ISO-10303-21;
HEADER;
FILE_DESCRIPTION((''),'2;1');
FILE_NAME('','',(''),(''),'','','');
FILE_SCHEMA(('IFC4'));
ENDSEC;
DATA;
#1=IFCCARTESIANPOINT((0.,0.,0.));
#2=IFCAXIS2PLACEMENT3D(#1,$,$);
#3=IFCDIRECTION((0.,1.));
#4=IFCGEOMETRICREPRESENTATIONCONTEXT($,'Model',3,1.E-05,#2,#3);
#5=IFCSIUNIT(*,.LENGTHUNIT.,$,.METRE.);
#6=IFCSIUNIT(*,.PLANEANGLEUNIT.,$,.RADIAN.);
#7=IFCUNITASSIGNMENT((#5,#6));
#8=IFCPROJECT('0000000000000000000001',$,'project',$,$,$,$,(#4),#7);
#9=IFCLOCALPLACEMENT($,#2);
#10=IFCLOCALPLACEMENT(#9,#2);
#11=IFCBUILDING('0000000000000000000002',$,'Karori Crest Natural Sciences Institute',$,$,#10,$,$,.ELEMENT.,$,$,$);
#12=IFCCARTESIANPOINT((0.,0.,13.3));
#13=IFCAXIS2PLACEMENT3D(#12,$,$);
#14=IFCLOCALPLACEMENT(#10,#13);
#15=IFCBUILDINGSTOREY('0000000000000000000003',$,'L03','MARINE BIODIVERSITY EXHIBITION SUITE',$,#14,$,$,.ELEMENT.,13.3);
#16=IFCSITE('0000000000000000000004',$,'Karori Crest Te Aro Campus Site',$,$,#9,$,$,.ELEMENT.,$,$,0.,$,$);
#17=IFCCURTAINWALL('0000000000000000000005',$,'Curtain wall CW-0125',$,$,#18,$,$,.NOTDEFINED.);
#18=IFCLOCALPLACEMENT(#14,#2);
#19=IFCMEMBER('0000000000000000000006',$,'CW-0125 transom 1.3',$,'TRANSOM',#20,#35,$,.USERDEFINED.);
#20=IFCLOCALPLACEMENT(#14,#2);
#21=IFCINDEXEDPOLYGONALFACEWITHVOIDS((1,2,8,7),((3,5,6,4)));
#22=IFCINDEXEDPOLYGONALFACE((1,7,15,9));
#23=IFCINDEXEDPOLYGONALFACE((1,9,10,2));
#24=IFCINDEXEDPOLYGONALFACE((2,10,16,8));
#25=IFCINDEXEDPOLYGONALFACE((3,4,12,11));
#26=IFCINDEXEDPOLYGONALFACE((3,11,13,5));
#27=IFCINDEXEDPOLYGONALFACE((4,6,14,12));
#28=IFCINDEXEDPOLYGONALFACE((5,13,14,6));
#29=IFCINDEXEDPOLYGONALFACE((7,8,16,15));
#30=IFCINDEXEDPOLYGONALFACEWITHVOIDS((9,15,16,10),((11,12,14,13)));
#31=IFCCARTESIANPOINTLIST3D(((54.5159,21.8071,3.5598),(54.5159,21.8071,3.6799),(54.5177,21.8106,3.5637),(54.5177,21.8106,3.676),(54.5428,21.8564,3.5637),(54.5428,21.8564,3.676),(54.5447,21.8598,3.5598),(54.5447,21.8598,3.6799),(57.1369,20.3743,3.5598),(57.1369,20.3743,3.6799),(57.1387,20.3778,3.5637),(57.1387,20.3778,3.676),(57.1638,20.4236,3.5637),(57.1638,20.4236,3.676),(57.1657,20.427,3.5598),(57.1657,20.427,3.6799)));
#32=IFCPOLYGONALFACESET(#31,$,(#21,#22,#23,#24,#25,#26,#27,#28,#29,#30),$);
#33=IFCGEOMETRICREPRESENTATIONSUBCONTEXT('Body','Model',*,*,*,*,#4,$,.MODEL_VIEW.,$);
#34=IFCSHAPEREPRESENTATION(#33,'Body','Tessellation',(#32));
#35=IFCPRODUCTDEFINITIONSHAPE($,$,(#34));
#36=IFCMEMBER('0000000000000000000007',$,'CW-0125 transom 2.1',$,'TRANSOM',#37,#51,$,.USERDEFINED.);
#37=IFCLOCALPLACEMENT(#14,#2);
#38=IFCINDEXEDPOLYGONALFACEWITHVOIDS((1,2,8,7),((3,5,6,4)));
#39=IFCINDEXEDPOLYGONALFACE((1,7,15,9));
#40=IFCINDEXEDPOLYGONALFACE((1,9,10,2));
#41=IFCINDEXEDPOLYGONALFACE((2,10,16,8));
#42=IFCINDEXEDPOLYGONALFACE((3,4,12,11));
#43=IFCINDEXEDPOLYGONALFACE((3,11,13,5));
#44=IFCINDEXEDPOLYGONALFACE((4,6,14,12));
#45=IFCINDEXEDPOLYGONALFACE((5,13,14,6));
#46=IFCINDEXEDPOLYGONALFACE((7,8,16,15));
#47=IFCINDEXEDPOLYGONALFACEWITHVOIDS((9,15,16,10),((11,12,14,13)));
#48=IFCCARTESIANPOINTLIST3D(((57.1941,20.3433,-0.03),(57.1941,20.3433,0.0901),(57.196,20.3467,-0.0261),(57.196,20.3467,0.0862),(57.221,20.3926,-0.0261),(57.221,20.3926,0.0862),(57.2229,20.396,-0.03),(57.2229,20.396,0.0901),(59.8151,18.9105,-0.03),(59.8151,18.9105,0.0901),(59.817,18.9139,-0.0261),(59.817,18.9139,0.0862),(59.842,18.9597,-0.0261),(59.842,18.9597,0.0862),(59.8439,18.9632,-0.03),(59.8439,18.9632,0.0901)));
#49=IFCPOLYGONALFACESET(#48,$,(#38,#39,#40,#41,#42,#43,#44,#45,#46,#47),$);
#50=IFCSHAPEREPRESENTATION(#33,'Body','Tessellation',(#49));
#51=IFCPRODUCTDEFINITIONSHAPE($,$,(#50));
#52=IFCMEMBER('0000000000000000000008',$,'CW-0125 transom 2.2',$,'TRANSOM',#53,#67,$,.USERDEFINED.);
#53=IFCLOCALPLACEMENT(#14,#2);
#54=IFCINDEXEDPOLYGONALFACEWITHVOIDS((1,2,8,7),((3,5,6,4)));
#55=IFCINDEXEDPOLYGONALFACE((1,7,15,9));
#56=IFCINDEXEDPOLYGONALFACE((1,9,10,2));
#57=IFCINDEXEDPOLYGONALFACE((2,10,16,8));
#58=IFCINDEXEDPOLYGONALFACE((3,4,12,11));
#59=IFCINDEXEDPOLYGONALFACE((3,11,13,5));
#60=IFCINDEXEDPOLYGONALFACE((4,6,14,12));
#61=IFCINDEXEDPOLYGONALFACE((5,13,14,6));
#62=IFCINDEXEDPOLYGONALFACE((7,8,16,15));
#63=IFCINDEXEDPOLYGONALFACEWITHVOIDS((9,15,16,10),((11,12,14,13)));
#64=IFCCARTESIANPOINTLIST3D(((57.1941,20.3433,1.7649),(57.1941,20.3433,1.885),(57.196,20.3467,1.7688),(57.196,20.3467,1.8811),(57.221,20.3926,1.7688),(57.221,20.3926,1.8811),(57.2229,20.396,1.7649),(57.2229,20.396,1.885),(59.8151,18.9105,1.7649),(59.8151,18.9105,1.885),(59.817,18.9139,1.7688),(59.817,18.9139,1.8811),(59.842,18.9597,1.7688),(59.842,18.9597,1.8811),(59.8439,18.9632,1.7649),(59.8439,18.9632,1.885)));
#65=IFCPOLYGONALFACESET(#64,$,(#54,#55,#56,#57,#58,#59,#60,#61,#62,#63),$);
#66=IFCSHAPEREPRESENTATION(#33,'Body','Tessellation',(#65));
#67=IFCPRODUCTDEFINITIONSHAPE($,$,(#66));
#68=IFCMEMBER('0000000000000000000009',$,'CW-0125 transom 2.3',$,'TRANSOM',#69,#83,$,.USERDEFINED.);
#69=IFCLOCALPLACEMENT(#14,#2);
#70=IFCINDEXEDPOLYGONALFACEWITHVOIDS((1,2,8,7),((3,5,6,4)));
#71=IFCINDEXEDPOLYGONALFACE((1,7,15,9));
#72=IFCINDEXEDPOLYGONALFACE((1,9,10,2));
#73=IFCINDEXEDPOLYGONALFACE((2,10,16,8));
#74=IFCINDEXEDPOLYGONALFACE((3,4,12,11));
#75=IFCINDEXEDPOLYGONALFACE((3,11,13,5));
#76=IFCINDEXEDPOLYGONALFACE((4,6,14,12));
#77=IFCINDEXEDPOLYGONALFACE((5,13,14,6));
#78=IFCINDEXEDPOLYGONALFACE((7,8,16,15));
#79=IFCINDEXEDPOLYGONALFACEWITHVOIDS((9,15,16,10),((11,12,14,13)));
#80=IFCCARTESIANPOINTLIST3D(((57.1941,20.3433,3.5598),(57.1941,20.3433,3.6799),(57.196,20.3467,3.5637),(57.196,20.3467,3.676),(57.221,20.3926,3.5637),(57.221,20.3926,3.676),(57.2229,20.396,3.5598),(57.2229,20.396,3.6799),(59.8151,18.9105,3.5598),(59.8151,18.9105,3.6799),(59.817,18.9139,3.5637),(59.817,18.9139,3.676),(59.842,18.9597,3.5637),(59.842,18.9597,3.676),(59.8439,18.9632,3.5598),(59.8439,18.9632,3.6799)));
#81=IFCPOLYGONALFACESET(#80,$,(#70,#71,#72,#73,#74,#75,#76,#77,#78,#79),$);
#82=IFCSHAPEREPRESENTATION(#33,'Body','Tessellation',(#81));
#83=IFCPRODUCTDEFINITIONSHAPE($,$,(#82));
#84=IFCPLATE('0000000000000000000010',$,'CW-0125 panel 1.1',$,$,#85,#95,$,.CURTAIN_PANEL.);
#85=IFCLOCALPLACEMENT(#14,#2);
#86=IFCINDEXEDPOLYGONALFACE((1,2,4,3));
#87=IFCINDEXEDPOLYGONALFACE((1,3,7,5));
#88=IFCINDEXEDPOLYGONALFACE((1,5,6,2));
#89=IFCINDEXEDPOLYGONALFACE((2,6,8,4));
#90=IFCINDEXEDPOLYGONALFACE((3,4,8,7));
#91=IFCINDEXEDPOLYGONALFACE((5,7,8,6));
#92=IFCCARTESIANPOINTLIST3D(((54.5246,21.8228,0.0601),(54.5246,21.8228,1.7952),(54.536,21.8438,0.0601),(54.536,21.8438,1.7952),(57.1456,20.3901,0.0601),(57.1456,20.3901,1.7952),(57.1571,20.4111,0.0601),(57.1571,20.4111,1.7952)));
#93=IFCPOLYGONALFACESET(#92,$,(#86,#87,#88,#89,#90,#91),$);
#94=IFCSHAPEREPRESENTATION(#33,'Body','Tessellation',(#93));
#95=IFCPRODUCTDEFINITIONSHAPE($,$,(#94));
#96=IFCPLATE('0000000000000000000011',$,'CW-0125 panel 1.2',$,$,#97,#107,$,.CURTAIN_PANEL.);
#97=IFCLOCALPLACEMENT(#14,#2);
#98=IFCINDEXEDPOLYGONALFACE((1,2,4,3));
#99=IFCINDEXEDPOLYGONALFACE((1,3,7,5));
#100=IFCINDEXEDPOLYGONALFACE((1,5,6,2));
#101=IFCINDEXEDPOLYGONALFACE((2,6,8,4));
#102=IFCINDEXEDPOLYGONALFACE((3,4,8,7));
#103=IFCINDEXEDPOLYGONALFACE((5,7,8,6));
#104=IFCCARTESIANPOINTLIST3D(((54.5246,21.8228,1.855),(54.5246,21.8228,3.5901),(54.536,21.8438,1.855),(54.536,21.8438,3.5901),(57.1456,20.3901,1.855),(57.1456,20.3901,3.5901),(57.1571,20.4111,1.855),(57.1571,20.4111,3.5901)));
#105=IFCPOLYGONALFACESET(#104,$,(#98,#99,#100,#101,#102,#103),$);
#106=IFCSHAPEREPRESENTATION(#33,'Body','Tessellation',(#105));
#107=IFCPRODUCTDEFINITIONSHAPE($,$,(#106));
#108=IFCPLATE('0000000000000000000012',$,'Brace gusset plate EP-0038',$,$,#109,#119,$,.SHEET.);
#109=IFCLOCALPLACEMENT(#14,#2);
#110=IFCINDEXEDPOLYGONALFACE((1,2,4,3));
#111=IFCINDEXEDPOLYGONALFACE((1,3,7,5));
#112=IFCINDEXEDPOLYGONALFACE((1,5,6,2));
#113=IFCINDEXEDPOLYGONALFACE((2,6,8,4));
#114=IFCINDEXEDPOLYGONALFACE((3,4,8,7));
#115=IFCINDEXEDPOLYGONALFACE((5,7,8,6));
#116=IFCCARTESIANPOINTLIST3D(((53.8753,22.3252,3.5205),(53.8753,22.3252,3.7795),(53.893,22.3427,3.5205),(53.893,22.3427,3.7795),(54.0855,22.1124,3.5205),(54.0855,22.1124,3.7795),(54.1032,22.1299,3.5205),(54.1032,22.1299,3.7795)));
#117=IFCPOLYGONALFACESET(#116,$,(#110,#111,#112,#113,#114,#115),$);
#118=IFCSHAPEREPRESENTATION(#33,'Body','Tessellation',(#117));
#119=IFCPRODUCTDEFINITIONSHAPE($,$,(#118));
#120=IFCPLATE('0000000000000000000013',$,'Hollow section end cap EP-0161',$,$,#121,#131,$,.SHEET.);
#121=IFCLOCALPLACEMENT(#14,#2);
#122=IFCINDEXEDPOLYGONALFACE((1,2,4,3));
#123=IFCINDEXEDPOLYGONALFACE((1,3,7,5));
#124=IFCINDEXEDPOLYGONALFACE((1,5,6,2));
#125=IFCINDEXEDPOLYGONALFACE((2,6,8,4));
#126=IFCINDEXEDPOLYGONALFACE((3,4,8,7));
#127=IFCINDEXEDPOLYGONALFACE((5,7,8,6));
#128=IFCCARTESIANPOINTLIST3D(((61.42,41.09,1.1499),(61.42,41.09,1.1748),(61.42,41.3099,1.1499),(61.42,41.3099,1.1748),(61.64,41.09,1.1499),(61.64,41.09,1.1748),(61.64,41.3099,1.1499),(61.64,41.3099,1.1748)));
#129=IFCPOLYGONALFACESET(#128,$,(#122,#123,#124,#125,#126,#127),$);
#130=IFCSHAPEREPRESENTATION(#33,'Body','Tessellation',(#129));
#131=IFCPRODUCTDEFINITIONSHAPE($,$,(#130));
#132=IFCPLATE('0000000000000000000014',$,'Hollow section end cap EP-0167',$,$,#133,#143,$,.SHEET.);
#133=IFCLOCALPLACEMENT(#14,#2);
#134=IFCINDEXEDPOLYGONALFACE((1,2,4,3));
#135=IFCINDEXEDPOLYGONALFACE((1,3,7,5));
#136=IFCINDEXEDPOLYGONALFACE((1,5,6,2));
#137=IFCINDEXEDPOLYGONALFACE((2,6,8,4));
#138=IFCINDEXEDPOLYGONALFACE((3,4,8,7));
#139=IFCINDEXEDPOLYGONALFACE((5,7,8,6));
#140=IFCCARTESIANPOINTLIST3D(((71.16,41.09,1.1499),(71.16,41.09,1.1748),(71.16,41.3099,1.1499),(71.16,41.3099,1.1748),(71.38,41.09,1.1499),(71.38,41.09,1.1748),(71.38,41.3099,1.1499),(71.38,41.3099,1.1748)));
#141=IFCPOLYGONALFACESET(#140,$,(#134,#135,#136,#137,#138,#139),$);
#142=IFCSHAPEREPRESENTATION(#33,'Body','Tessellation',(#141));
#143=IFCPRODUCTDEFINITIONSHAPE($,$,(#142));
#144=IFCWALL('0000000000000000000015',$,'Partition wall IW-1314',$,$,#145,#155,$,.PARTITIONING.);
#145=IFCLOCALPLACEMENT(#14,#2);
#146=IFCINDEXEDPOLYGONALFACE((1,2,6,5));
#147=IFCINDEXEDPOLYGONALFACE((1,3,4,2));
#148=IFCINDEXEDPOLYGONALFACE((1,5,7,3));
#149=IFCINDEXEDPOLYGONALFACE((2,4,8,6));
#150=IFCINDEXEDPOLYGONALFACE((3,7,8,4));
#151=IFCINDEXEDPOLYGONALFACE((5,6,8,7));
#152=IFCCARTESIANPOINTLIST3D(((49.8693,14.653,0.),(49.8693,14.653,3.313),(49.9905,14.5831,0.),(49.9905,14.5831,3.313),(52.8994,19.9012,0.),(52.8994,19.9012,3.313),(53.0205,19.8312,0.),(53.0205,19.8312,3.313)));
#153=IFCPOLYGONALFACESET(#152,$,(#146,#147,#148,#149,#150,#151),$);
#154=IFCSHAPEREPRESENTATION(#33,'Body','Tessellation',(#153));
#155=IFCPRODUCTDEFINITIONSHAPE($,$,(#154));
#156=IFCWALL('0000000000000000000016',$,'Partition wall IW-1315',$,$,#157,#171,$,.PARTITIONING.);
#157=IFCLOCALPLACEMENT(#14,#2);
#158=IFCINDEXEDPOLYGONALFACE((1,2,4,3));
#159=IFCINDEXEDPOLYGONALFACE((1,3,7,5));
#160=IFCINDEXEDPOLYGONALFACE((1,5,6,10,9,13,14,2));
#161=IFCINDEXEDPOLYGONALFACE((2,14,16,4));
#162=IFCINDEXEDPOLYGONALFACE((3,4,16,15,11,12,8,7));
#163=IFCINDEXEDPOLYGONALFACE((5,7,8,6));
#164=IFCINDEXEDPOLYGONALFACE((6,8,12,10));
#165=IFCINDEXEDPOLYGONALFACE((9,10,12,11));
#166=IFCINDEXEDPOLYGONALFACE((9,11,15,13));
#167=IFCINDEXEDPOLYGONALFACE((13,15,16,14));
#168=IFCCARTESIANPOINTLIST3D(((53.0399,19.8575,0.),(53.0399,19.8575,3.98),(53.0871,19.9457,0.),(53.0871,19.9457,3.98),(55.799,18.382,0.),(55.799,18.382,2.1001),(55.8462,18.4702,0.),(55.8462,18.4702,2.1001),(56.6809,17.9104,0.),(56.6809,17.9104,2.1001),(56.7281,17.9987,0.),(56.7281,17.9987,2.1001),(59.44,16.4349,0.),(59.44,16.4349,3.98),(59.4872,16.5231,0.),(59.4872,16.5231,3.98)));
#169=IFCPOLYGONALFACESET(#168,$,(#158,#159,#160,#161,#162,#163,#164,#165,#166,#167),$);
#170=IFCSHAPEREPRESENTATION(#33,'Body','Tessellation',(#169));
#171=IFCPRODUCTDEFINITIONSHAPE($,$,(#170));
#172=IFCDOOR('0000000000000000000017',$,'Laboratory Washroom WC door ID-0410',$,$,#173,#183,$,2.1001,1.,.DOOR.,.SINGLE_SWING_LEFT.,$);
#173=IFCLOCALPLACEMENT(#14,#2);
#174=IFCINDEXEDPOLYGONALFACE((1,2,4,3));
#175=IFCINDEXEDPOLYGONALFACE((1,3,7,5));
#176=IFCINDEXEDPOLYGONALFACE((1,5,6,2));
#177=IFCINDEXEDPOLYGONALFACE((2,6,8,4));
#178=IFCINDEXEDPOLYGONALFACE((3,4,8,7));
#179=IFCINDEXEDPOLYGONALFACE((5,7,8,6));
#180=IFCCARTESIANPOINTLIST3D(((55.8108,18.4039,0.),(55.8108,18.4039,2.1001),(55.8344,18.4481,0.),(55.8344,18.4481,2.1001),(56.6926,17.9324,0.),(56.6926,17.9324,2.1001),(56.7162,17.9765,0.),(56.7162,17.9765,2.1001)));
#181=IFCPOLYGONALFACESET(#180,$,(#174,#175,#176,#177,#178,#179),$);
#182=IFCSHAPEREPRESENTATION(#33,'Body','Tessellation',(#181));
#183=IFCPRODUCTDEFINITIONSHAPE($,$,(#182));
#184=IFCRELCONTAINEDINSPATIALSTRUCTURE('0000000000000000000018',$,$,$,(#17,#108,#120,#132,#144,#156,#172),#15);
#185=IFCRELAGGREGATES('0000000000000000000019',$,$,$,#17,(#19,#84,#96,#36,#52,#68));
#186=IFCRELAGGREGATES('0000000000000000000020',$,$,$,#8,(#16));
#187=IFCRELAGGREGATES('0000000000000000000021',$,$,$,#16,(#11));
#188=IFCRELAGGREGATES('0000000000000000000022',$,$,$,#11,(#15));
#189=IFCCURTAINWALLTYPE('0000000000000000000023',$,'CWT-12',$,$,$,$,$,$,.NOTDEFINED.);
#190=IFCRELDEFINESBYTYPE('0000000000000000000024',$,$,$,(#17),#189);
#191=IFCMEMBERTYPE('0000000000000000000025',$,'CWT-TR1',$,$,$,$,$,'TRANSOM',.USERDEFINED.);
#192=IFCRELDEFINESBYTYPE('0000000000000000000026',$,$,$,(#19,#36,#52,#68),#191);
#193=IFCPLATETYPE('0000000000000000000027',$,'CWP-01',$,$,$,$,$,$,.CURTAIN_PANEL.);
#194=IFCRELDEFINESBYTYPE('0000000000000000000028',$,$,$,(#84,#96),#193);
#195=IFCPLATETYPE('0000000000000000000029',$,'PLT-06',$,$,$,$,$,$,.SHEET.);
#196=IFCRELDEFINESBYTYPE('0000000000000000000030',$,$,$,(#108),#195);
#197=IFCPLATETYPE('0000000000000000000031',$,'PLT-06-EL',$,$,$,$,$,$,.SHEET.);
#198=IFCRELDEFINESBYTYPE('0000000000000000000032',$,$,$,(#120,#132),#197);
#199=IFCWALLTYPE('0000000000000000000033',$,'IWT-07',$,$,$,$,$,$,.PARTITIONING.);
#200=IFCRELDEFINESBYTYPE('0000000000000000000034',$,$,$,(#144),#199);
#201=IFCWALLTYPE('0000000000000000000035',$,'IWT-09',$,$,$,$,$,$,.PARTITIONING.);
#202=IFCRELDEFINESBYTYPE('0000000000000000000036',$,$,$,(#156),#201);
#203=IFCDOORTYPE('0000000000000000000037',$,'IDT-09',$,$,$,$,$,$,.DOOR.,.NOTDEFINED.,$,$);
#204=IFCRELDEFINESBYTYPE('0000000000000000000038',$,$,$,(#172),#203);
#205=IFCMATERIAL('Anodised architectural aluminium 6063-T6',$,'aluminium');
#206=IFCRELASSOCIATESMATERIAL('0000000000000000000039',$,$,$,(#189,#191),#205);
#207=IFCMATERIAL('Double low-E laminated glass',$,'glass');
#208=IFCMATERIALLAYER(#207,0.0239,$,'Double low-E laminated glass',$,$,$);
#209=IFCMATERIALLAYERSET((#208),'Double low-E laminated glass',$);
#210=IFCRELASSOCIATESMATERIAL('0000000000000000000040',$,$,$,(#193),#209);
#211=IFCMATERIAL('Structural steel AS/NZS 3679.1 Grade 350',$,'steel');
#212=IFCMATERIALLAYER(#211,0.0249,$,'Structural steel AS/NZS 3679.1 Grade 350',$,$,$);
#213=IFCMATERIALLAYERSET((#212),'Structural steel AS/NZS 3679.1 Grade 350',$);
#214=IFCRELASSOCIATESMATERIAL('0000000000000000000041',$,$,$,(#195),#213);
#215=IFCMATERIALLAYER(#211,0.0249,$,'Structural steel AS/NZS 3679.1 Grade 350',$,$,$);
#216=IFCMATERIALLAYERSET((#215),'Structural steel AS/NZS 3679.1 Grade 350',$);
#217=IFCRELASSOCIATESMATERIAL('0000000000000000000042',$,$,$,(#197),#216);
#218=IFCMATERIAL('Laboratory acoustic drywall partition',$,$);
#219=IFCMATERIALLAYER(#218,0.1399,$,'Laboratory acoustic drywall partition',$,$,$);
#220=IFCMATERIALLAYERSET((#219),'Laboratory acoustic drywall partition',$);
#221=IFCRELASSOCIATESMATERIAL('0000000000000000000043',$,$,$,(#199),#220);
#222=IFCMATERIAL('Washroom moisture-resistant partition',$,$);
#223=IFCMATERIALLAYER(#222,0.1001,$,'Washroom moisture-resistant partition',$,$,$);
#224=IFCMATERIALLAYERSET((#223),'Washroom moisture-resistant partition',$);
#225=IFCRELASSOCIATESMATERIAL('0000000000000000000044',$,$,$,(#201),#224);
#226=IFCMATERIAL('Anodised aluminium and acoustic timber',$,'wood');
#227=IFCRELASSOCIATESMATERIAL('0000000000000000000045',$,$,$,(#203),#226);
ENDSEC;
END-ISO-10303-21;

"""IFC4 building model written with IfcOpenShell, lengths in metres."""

from ifc_helpers import new_model, si_unit, direction, frame, frame_2d, origin, origin_2d, place, context, subcontext, project, spatial, rectangle, hollow_rectangle, extrude, material, layer, layer_set, material_profile, profile_set, type_object, element, fill, aggregate, save


model = new_model("IFC4")

# Units and contexts
model_context = context("Model", 3, precision=1e-05, world=origin(), true_north=direction((0.0, 1.0)))
body_context = subcontext(model_context, "Body", "Model", "MODEL_VIEW")
ifc_project = project(units=[si_unit("LENGTHUNIT", "METRE"), si_unit("PLANEANGLEUNIT", "RADIAN")], contexts=[model_context])

# Site, building, storey
site_placement = place(None, origin())
site = spatial("IfcSite", under=ifc_project, at=site_placement, Name="Karori Crest Te Aro Campus Site", CompositionType="ELEMENT", RefElevation=0.0)
building_placement = place(site_placement, origin())
building = spatial("IfcBuilding", under=site, at=building_placement, Name="Karori Crest Natural Sciences Institute", CompositionType="ELEMENT")
storey_placement = place(building_placement, frame((0.0, 0.0, 13.3)))
storey = spatial("IfcBuildingStorey", under=building, at=storey_placement, Name="L03", Description="MARINE BIODIVERSITY EXHIBITION SUITE", CompositionType="ELEMENT", Elevation=13.3)

# Shared definitions
ifc_material_1 = material(Name="Structural steel AS/NZS 3679.1 Grade 350", Category="steel")

# Curtain wall, members, plates
ifc_material_2 = material(Name="Anodised architectural aluminium 6063-T6", Category="aluminium")
curtain_wall_type = type_object("IfcCurtainWallType", Name="CWT-12", PredefinedType="NOTDEFINED", material=ifc_material_2)
curtain_wall_placement = place(storey_placement, origin())
curtain_wall = element("IfcCurtainWall", 1, at=curtain_wall_placement, inside=storey, type_object=curtain_wall_type, Name="Curtain wall CW-0125", PredefinedType="NOTDEFINED")
ifc_material_profile_1 = material_profile(ifc_material_2, hollow_rectangle(XDim=0.0601, YDim=0.1201, WallThickness=0.0039, at=origin_2d()), Name="CWT120x60x4")
ifc_profile_set_1 = profile_set([ifc_material_profile_1], Name="Anodised architectural aluminium 6063-T6")
member_type_1 = type_object("IfcMemberType", Name="CWT-TR1", ElementType="TRANSOM", PredefinedType="USERDEFINED", material=ifc_profile_set_1)
member_1_placement = place(storey_placement, frame((54.5303, 21.8335, 3.6199), z_axis=(0.877449, -0.479671, 0.0), x_axis=(0.479671, 0.877449, 0.0)))
member_1 = element("IfcMember", 2, at=member_1_placement, type_object=member_type_1, Name="CW-0125 transom 1.3", ObjectType="TRANSOM", PredefinedType="USERDEFINED", context=body_context, shape_type="SweptSolid", body=[
    extrude(hollow_rectangle(XDim=0.0601, YDim=0.1201, WallThickness=0.0039, at=origin_2d()), origin(), (0.0, 0.0, 1.0), 2.9871),
])
member_2_placement = place(storey_placement, frame((57.2085, 20.3696, 0.03), z_axis=(0.877449, -0.479671, 0.0), x_axis=(0.479671, 0.877449, 0.0)))
member_2 = element("IfcMember", 3, at=member_2_placement, type_object=member_type_1, Name="CW-0125 transom 2.1", ObjectType="TRANSOM", PredefinedType="USERDEFINED", context=body_context, shape_type="SweptSolid", body=[
    extrude(hollow_rectangle(XDim=0.0601, YDim=0.1201, WallThickness=0.0039, at=origin_2d()), origin(), (0.0, 0.0, 1.0), 2.9871),
])
member_3_placement = place(storey_placement, frame((57.2085, 20.3696, 1.825), z_axis=(0.877449, -0.479671, 0.0), x_axis=(0.479671, 0.877449, 0.0)))
member_3 = element("IfcMember", 4, at=member_3_placement, type_object=member_type_1, Name="CW-0125 transom 2.2", ObjectType="TRANSOM", PredefinedType="USERDEFINED", context=body_context, shape_type="SweptSolid", body=[
    extrude(hollow_rectangle(XDim=0.0601, YDim=0.1201, WallThickness=0.0039, at=origin_2d()), origin(), (0.0, 0.0, 1.0), 2.9871),
])
member_4_placement = place(storey_placement, frame((57.2085, 20.3696, 3.6199), z_axis=(0.877449, -0.479671, 0.0), x_axis=(0.479671, 0.877449, 0.0)))
member_4 = element("IfcMember", 5, at=member_4_placement, type_object=member_type_1, Name="CW-0125 transom 2.3", ObjectType="TRANSOM", PredefinedType="USERDEFINED", context=body_context, shape_type="SweptSolid", body=[
    extrude(hollow_rectangle(XDim=0.0601, YDim=0.1201, WallThickness=0.0039, at=origin_2d()), origin(), (0.0, 0.0, 1.0), 2.9871),
])
ifc_material_3 = material(Name="Double low-E laminated glass", Category="glass")
ifc_layer_1 = layer(ifc_material_3, 0.0239, Name="Double low-E laminated glass")
ifc_layer_set_1 = layer_set([ifc_layer_1], Name="Double low-E laminated glass")
plate_type_1 = type_object("IfcPlateType", Name="CWP-01", PredefinedType="CURTAIN_PANEL", material=ifc_layer_set_1)
plate_1_placement = place(storey_placement, frame((55.8408, 21.1169, 0.0601), z_axis=(0.0, 0.0, 1.0), x_axis=(0.87747, -0.479631, 0.0)))
plate_1 = element("IfcPlate", 6, at=plate_1_placement, type_object=plate_type_1, Name="CW-0125 panel 1.1", PredefinedType="CURTAIN_PANEL", context=body_context, shape_type="SweptSolid", body=[
    extrude(rectangle(XDim=2.9871, YDim=0.0239, at=origin_2d()), origin(), (0.0, 0.0, 1.0), 1.7351),
])
plate_2_placement = place(storey_placement, frame((55.8408, 21.1169, 1.855), z_axis=(0.0, 0.0, 1.0), x_axis=(0.87747, -0.479631, 0.0)))
plate_2 = element("IfcPlate", 7, at=plate_2_placement, type_object=plate_type_1, Name="CW-0125 panel 1.2", PredefinedType="CURTAIN_PANEL", context=body_context, shape_type="SweptSolid", body=[
    extrude(rectangle(XDim=2.9871, YDim=0.0239, at=origin_2d()), origin(), (0.0, 0.0, 1.0), 1.7351),
])
aggregate(curtain_wall, [member_1, plate_1, plate_2, member_2, member_3, member_4])

# Plates
ifc_layer_2 = layer(ifc_material_1, 0.0249, Name="Structural steel AS/NZS 3679.1 Grade 350")
ifc_layer_set_2 = layer_set([ifc_layer_2], Name="Structural steel AS/NZS 3679.1 Grade 350")
plate_type_2 = type_object("IfcPlateType", Name="PLT-06", PredefinedType="SHEET", material=ifc_layer_set_2)
plate_3_placement = place(storey_placement, frame((53.9893, 22.2275, 3.5205), z_axis=(0.0, 0.0, 1.0), x_axis=(-0.702664, 0.711522, 0.0)))
element("IfcPlate", 8, at=plate_3_placement, inside=storey, type_object=plate_type_2, Name="Brace gusset plate EP-0038", PredefinedType="SHEET", context=body_context, shape_type="SweptSolid", body=[
    extrude(rectangle(XDim=0.2991, YDim=0.0249, at=origin_2d()), origin(), (0.0, 0.0, 1.0), 0.259),
])
ifc_layer_3 = layer(ifc_material_1, 0.0249, Name="Structural steel AS/NZS 3679.1 Grade 350")
ifc_layer_set_3 = layer_set([ifc_layer_3], Name="Structural steel AS/NZS 3679.1 Grade 350")
plate_type_3 = type_object("IfcPlateType", Name="PLT-06-EL", PredefinedType="SHEET", material=ifc_layer_set_3)
for number, where, z_axis, x_axis, name in (
    (9, (61.53, 41.2, 1.1499), (0.0, 0.0, 1.0), (1.0, 0.0, 0.0), "Hollow section end cap EP-0161"),
    (10, (71.27, 41.2, 1.1499), (0.0, 0.0, 1.0), (1.0, 0.0, 0.0), "Hollow section end cap EP-0167"),
):
    element("IfcPlate", number, at=place(storey_placement, frame(where, z_axis=z_axis, x_axis=x_axis)), inside=storey, type_object=plate_type_3, Name=name, PredefinedType="SHEET", context=body_context, shape_type="SweptSolid", body=[
        extrude(rectangle(XDim=0.22, YDim=0.22, at=origin_2d()), origin(), (0.0, 0.0, 1.0), 0.0249),
    ])

# Wall
ifc_material_4 = material(Name="Laboratory acoustic drywall partition")
ifc_layer_4 = layer(ifc_material_4, 0.1399, Name="Laboratory acoustic drywall partition")
ifc_layer_set_4 = layer_set([ifc_layer_4], Name="Laboratory acoustic drywall partition")
wall_type_1 = type_object("IfcWallType", Name="IWT-07", PredefinedType="PARTITIONING", material=ifc_layer_set_4)
wall_1_placement = place(storey_placement, frame((52.96, 19.8662, 0.0), z_axis=(0.0, 0.0, 1.0), x_axis=(-0.500008, -0.866021, 0.0)))
element("IfcWall", 11, at=wall_1_placement, inside=storey, type_object=wall_type_1, Name="Partition wall IW-1314", PredefinedType="PARTITIONING", context=body_context, shape_type="SweptSolid", body=[
    extrude(rectangle(XDim=6.0601, YDim=0.1399, at=frame_2d((3.03, 0.0))), origin(), (0.0, 0.0, 1.0), 3.313),
])

# Wall, opening, door
ifc_material_5 = material(Name="Washroom moisture-resistant partition")
ifc_layer_5 = layer(ifc_material_5, 0.1001, Name="Washroom moisture-resistant partition")
ifc_layer_set_5 = layer_set([ifc_layer_5], Name="Washroom moisture-resistant partition")
wall_type_2 = type_object("IfcWallType", Name="IWT-09", PredefinedType="PARTITIONING", material=ifc_layer_set_5)
wall_2_placement = place(storey_placement, frame((53.0635, 19.9016, 0.0), z_axis=(0.0, 0.0, 1.0), x_axis=(0.881826, -0.471574, 0.0)))
wall_2 = element("IfcWall", 12, at=wall_2_placement, inside=storey, type_object=wall_type_2, Name="Partition wall IW-1315", PredefinedType="PARTITIONING", context=body_context, shape_type="SweptSolid", body=[
    extrude(rectangle(XDim=7.2578, YDim=0.1001, at=frame_2d((3.6289, 0.0))), origin(), (0.0, 0.0, 1.0), 3.98),
])
opening_placement = place(wall_2_placement, frame((3.1289, 0.0, 0.0)))
opening = element("IfcOpeningElement", 13, at=opening_placement, cuts=wall_2, PredefinedType="OPENING", context=body_context, shape_type="SweptSolid", body=[
    extrude(rectangle(XDim=1.0, YDim=2.1001, at=frame_2d((0.5, 1.05))), frame((0.0, 0.0601, 0.0), z_axis=(0.0, -1.0, 0.0), x_axis=(1.0, 0.0, 0.0)), (0.0, 0.0, 1.0), 0.1201),
])
ifc_material_6 = material(Name="Anodised aluminium and acoustic timber", Category="wood")
door_type = type_object("IfcDoorType", Name="IDT-09", OperationType="NOTDEFINED", PredefinedType="DOOR", material=ifc_material_6)
door_placement = place(opening_placement, origin())
door = element("IfcDoor", 14, at=door_placement, inside=storey, type_object=door_type, Name="Laboratory Washroom WC door ID-0410", OperationType="SINGLE_SWING_LEFT", OverallHeight=2.1001, OverallWidth=1.0, PredefinedType="DOOR", context=body_context, shape_type="SweptSolid", body=[
    extrude(rectangle(XDim=1.0, YDim=2.1001, at=frame_2d((0.5, 1.05))), frame((0.0, 0.0249, 0.0), z_axis=(0.0, -1.0, 0.0), x_axis=(1.0, 0.0, 0.0)), (0.0, 0.0, 1.0), 0.05),
])
fill(opening, door)

save(model, "model.ifc")
